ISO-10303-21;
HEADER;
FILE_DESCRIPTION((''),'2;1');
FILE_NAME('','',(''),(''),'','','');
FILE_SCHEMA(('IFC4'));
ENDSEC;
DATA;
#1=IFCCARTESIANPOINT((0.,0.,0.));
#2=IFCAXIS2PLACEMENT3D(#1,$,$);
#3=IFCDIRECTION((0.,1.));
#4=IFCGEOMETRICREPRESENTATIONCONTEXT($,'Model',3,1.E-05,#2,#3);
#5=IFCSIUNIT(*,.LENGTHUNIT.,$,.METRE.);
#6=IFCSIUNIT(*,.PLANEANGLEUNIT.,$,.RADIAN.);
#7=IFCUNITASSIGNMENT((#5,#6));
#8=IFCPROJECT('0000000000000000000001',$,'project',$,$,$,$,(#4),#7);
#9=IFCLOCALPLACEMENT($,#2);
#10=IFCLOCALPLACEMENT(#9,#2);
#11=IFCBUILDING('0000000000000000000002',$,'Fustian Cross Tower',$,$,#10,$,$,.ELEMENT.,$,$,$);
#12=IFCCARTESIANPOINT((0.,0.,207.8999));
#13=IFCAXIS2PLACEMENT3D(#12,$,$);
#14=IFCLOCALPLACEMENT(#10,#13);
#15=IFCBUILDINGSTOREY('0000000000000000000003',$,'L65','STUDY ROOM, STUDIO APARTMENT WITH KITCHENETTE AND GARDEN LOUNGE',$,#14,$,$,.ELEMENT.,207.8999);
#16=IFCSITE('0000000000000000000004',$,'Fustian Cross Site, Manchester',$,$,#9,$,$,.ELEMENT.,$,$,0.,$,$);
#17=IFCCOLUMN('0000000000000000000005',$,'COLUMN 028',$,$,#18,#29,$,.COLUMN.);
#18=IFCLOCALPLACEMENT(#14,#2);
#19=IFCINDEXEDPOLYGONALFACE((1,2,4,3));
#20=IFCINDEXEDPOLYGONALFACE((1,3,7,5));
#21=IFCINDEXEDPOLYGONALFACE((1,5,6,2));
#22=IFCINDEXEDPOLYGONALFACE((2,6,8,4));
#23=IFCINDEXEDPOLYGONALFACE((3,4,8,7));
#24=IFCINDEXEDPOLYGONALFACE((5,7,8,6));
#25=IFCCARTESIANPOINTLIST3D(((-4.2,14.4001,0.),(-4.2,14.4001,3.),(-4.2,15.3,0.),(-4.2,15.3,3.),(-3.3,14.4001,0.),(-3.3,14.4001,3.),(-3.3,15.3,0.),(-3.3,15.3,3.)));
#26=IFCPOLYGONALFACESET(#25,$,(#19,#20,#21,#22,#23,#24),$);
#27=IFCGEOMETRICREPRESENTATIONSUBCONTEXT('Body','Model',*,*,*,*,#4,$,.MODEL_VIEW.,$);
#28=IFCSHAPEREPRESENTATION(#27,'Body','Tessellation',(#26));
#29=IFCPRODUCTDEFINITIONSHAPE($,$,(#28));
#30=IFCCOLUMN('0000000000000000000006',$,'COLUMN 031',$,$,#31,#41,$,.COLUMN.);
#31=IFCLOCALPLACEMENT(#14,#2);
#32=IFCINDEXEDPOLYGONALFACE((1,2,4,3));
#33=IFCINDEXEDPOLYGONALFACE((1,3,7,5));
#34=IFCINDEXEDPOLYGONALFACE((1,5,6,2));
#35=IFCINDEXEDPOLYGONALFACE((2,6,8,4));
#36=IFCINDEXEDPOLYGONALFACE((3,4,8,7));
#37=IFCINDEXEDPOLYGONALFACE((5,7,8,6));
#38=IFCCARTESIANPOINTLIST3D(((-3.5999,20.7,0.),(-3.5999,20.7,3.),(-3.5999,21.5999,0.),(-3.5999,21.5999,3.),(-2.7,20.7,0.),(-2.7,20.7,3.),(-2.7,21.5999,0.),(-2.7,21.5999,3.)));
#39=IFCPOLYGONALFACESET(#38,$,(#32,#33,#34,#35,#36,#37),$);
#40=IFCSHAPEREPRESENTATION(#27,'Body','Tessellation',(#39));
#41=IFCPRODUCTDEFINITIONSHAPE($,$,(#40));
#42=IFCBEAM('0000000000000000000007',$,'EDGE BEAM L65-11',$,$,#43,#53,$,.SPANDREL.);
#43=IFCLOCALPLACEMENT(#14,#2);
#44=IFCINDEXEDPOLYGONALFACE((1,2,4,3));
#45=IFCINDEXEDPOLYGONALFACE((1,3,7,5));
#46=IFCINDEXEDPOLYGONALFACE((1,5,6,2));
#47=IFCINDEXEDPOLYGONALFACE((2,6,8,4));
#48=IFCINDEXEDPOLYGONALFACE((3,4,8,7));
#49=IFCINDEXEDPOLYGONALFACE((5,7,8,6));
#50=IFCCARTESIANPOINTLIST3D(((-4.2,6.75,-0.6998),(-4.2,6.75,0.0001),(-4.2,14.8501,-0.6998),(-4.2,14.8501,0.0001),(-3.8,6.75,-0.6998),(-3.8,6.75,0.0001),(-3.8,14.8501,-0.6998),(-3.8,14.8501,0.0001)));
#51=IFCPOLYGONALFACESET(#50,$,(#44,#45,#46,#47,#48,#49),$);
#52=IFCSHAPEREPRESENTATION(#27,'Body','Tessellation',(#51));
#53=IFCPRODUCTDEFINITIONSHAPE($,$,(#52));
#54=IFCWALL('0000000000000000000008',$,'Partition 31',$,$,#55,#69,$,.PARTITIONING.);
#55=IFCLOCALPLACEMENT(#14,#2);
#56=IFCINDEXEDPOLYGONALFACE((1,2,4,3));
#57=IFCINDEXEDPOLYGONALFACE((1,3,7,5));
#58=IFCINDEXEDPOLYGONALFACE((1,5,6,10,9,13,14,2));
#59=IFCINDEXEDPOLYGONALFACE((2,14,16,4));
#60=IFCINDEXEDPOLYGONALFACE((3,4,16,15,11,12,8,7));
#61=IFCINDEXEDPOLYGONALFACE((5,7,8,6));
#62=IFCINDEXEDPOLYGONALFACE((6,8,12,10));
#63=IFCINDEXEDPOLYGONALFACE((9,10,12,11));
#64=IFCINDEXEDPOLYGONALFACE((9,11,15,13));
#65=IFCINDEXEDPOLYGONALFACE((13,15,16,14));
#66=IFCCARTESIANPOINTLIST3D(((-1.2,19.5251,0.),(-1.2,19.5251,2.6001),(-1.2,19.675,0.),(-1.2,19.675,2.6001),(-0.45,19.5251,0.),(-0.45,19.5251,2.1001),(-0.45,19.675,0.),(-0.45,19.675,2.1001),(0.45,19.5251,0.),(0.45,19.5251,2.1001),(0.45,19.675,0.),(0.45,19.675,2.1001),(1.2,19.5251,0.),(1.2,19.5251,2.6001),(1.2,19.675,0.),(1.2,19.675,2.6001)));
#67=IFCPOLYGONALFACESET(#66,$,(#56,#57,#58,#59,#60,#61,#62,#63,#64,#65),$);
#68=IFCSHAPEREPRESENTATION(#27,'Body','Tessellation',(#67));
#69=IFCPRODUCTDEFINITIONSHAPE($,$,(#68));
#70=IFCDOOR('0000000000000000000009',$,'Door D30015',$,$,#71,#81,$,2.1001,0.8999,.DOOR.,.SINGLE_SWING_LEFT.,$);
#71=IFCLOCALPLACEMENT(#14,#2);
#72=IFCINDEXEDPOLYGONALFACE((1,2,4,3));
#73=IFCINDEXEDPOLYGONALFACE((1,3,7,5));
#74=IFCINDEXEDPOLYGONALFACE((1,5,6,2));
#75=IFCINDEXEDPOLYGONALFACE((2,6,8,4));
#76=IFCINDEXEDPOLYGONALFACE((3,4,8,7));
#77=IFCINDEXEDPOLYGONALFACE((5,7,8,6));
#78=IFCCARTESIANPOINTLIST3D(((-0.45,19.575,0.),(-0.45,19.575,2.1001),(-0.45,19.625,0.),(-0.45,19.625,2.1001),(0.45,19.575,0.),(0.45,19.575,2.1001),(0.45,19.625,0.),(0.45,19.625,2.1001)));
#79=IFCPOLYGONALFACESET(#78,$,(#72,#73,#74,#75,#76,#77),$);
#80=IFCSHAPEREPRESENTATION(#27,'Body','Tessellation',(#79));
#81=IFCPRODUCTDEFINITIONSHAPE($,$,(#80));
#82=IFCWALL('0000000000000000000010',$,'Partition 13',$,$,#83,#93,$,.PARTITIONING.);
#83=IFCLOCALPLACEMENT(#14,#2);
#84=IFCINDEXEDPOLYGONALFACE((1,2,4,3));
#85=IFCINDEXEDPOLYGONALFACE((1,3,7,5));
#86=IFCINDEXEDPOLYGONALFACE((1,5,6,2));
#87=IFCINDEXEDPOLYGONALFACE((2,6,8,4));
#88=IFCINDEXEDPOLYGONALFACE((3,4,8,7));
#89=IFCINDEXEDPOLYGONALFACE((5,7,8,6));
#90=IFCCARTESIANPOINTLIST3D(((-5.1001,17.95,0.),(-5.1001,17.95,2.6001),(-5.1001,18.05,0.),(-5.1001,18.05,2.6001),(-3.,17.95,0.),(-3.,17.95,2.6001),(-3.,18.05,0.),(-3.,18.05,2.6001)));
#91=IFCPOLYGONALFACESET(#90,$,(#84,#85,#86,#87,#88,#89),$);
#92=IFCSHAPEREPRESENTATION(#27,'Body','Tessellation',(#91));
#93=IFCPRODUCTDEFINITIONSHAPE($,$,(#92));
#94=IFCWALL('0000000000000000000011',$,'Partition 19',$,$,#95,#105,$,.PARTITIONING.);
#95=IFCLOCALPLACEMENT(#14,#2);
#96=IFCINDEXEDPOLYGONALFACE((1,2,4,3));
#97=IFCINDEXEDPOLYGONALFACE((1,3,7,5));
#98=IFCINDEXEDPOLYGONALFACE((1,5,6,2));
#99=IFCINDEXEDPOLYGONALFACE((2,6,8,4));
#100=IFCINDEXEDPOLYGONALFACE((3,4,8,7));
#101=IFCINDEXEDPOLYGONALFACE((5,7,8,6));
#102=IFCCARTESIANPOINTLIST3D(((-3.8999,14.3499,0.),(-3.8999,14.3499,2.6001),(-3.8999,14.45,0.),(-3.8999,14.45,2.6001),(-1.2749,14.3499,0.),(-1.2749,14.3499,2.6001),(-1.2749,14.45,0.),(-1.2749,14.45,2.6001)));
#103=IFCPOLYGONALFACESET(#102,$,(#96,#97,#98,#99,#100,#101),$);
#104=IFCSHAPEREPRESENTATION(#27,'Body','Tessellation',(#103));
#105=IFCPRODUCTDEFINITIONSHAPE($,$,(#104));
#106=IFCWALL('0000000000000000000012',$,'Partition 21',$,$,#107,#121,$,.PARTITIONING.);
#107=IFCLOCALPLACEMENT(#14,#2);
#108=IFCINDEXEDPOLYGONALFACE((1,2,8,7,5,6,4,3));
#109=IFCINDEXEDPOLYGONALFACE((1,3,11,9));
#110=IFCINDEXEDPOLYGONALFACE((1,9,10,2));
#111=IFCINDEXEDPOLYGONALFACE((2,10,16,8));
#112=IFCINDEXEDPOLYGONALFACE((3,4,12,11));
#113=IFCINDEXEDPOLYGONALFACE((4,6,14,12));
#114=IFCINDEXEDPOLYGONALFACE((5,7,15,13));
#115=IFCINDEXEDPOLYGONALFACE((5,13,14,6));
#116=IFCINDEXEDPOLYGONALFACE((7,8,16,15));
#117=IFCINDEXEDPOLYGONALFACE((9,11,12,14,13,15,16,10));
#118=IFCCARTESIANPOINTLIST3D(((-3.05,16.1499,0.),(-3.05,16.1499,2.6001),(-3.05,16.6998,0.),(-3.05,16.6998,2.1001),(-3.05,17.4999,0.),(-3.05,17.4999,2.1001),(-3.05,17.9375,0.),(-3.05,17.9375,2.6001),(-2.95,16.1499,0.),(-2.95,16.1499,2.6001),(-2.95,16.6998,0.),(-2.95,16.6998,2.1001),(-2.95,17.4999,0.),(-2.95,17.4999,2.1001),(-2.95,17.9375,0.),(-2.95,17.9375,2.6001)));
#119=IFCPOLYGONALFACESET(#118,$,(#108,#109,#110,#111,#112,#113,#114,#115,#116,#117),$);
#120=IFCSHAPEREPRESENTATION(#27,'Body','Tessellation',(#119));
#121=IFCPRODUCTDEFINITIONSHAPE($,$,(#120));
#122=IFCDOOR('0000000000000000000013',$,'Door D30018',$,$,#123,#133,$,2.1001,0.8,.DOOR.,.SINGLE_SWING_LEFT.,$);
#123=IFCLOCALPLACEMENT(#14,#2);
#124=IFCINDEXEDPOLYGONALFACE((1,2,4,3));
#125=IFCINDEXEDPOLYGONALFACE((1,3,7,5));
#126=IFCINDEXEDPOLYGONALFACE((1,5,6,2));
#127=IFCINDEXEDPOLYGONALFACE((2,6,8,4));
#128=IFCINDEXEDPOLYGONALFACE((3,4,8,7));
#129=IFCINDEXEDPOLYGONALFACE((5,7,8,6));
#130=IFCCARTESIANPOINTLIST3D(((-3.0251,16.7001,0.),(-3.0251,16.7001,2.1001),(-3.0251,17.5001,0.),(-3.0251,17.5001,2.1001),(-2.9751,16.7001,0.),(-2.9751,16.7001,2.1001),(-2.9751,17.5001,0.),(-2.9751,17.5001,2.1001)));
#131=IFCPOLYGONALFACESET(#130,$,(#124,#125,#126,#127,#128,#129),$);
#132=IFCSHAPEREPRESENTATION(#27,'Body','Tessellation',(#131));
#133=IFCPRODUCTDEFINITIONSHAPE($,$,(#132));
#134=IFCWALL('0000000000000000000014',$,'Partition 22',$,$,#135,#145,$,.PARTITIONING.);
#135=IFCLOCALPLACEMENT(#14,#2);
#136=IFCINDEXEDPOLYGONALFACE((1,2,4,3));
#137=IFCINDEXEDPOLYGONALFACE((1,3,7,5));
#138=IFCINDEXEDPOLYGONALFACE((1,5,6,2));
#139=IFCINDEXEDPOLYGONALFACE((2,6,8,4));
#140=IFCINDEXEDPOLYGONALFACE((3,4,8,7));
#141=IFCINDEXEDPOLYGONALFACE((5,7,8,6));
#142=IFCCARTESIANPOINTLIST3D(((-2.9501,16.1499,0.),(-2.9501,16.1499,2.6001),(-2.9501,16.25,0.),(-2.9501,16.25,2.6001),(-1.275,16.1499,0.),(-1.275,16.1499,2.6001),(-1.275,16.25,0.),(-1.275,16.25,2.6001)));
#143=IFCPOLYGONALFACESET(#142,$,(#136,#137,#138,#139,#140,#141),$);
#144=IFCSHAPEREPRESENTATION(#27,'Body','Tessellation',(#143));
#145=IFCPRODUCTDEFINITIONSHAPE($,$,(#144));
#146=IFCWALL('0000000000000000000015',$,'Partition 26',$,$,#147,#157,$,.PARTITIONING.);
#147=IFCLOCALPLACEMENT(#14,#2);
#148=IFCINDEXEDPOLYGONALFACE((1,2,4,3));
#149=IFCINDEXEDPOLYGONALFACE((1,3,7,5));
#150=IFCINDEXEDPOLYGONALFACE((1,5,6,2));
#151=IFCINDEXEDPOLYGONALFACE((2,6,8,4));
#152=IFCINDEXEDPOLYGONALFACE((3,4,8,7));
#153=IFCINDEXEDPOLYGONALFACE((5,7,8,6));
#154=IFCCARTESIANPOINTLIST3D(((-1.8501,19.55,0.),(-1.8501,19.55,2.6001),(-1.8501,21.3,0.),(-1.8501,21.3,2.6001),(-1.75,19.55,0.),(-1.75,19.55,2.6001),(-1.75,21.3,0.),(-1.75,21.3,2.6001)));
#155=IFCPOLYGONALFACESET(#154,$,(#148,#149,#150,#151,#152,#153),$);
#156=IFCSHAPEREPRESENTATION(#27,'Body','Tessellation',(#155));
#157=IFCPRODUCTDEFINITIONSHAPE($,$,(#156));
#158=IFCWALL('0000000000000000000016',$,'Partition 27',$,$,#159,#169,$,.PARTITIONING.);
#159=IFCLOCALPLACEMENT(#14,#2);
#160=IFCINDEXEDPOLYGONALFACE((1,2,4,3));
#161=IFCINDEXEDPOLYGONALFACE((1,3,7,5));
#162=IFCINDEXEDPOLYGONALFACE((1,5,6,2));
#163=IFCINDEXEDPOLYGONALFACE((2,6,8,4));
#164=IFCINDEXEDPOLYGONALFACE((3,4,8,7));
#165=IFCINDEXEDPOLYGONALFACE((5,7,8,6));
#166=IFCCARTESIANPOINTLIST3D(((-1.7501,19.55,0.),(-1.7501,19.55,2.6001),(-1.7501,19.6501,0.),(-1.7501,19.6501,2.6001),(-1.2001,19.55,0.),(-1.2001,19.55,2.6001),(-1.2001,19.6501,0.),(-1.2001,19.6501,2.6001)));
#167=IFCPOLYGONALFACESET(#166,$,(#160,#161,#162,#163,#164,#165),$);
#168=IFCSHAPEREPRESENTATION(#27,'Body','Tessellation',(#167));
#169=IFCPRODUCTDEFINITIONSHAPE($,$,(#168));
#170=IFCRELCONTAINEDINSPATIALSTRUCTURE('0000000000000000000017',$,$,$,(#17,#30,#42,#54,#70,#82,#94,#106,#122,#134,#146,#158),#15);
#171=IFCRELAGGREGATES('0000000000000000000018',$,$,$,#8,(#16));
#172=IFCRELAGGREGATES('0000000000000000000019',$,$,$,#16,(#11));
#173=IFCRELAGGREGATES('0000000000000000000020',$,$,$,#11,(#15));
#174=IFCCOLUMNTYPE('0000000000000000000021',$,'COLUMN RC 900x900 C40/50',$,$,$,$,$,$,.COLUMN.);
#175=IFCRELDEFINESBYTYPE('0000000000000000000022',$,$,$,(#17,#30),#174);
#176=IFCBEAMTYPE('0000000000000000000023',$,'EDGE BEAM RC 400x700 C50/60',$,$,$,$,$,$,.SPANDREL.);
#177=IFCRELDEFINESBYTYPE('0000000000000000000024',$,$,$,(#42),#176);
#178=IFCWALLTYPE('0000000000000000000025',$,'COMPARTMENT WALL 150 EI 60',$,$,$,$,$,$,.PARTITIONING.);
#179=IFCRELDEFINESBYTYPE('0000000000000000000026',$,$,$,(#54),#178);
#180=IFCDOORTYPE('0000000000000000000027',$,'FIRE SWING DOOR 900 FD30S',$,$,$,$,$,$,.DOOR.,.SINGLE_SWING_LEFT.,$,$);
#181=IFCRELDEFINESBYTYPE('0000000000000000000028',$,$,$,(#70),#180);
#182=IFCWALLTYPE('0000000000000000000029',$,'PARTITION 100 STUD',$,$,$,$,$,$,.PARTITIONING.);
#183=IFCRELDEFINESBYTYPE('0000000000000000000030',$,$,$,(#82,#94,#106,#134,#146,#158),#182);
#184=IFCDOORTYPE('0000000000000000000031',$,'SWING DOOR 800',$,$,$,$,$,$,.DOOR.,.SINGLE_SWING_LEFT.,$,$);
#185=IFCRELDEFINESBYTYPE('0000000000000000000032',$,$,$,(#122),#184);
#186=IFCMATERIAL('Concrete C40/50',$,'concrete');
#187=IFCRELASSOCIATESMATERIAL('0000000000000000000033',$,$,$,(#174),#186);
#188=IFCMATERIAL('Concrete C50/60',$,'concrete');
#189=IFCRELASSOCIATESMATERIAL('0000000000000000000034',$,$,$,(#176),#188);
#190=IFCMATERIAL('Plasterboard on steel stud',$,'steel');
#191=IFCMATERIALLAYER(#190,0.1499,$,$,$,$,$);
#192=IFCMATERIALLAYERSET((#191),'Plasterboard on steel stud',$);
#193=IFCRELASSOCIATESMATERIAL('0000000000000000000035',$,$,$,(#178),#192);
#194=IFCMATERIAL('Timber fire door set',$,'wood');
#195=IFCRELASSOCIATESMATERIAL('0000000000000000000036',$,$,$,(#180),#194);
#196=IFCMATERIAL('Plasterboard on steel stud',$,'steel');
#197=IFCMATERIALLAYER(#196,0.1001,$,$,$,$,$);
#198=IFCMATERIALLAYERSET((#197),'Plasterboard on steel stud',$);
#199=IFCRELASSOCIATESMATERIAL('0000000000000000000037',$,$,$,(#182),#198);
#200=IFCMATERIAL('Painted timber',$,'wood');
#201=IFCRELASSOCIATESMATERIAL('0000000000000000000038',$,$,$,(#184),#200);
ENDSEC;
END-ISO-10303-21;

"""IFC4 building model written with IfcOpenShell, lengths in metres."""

from ifc_helpers import new_model, si_unit, direction, frame, frame_2d, origin, origin_2d, place, context, subcontext, project, spatial, rectangle, extrude, material, layer, layer_set, material_profile, profile_set, type_object, element, fill, save


model = new_model("IFC4")

# Units and contexts
model_context = context("Model", 3, precision=1e-05, world=origin(), true_north=direction((0.0, 1.0)))
body_context = subcontext(model_context, "Body", "Model", "MODEL_VIEW")
ifc_project = project(units=[si_unit("LENGTHUNIT", "METRE"), si_unit("PLANEANGLEUNIT", "RADIAN")], contexts=[model_context])

# Site, building, storey
site_placement = place(None, origin())
site = spatial("IfcSite", under=ifc_project, at=site_placement, Name="Fustian Cross Site, Manchester", CompositionType="ELEMENT", RefElevation=0.0)
building_placement = place(site_placement, origin())
building = spatial("IfcBuilding", under=site, at=building_placement, Name="Fustian Cross Tower", CompositionType="ELEMENT")
storey_placement = place(building_placement, frame((0.0, 0.0, 207.8999)))
storey = spatial("IfcBuildingStorey", under=building, at=storey_placement, Name="L65", Description="STUDY ROOM, STUDIO APARTMENT WITH KITCHENETTE AND GARDEN LOUNGE", CompositionType="ELEMENT", Elevation=207.8999)

# Columns
ifc_material_1 = material(Name="Concrete C40/50", Category="concrete")
ifc_material_profile_1 = material_profile(ifc_material_1, rectangle(XDim=0.8999, YDim=0.8999, at=origin_2d()), Name="RC 900x900")
ifc_profile_set_1 = profile_set([ifc_material_profile_1], Name="Concrete C40/50")
column_type = type_object("IfcColumnType", Name="COLUMN RC 900x900 C40/50", PredefinedType="COLUMN", material=ifc_profile_set_1)
for number, where, z_axis, x_axis, name in (
    (1, (-3.75, 14.8501, 0.0), (0.0, 0.0, 1.0), (1.0, 0.0, 0.0), "COLUMN 028"),
    (2, (-3.1499, 21.1499, 0.0), (0.0, 0.0, 1.0), (1.0, 0.0, 0.0), "COLUMN 031"),
):
    element("IfcColumn", number, at=place(storey_placement, frame(where, z_axis=z_axis, x_axis=x_axis)), inside=storey, type_object=column_type, Name=name, PredefinedType="COLUMN", context=body_context, shape_type="SweptSolid", body=[
        extrude(rectangle(XDim=0.8999, YDim=0.8999, at=origin_2d()), origin(), (0.0, 0.0, 1.0), 3.0),
    ])

# Beam
ifc_material_2 = material(Name="Concrete C50/60", Category="concrete")
ifc_material_profile_2 = material_profile(ifc_material_2, rectangle(XDim=0.3999, YDim=0.7, at=origin_2d()), Name="RC 400x700")
ifc_profile_set_2 = profile_set([ifc_material_profile_2], Name="Concrete C50/60")
beam_type = type_object("IfcBeamType", Name="EDGE BEAM RC 400x700 C50/60", PredefinedType="SPANDREL", material=ifc_profile_set_2)
beam_placement = place(storey_placement, frame((-4.0, 14.8501, -0.3499), z_axis=(0.0, -1.0, 0.0), x_axis=(1.0, 0.0, 0.0)))
element("IfcBeam", 3, at=beam_placement, inside=storey, type_object=beam_type, Name="EDGE BEAM L65-11", PredefinedType="SPANDREL", context=body_context, shape_type="SweptSolid", body=[
    extrude(rectangle(XDim=0.3999, YDim=0.7, at=origin_2d()), origin(), (0.0, 0.0, 1.0), 8.1001),
])

# Wall, opening, door
ifc_material_3 = material(Name="Plasterboard on steel stud", Category="steel")
ifc_layer_1 = layer(ifc_material_3, 0.1499)
ifc_layer_set_1 = layer_set([ifc_layer_1], Name="Plasterboard on steel stud")
wall_type_1 = type_object("IfcWallType", Name="COMPARTMENT WALL 150 EI 60", PredefinedType="PARTITIONING", material=ifc_layer_set_1)
wall_1_placement = place(storey_placement, frame((-1.2, 19.6001, 0.0), z_axis=(0.0, 0.0, 1.0), x_axis=(1.0, 0.0, 0.0)))
wall_1 = element("IfcWall", 4, at=wall_1_placement, inside=storey, type_object=wall_type_1, Name="Partition 31", PredefinedType="PARTITIONING", context=body_context, shape_type="SweptSolid", body=[
    extrude(rectangle(XDim=2.3999, YDim=0.1499, at=frame_2d((1.2, 0.0))), origin(), (0.0, 0.0, 1.0), 2.6001),
])
opening_1_placement = place(wall_1_placement, frame((0.75, 0.0, 0.0)))
opening_1 = element("IfcOpeningElement", 5, at=opening_1_placement, cuts=wall_1, PredefinedType="OPENING", context=body_context, shape_type="SweptSolid", body=[
    extrude(rectangle(XDim=0.8999, YDim=2.1001, at=frame_2d((0.45, 1.05))), frame((0.0, 0.085, 0.0), z_axis=(0.0, -1.0, 0.0), x_axis=(1.0, 0.0, 0.0)), (0.0, 0.0, 1.0), 0.1699),
])
ifc_material_4 = material(Name="Timber fire door set", Category="wood")
door_type_1 = type_object("IfcDoorType", Name="FIRE SWING DOOR 900 FD30S", OperationType="SINGLE_SWING_LEFT", PredefinedType="DOOR", material=ifc_material_4)
door_1_placement = place(opening_1_placement, origin())
door_1 = element("IfcDoor", 6, at=door_1_placement, inside=storey, type_object=door_type_1, Name="Door D30015", OperationType="SINGLE_SWING_LEFT", OverallHeight=2.1001, OverallWidth=0.8999, PredefinedType="DOOR", context=body_context, shape_type="SweptSolid", body=[
    extrude(rectangle(XDim=0.8999, YDim=2.1001, at=frame_2d((0.45, 1.05))), frame((0.0, 0.0249, 0.0), z_axis=(0.0, -1.0, 0.0), x_axis=(1.0, 0.0, 0.0)), (0.0, 0.0, 1.0), 0.05),
])
fill(opening_1, door_1)

# Walls
ifc_material_5 = material(Name="Plasterboard on steel stud", Category="steel")
ifc_layer_2 = layer(ifc_material_5, 0.1001)
ifc_layer_set_2 = layer_set([ifc_layer_2], Name="Plasterboard on steel stud")
wall_type_2 = type_object("IfcWallType", Name="PARTITION 100 STUD", PredefinedType="PARTITIONING", material=ifc_layer_set_2)
wall_2_placement = place(storey_placement, frame((-5.1001, 18.0, 0.0), z_axis=(0.0, 0.0, 1.0), x_axis=(1.0, 0.0, 0.0)))
element("IfcWall", 7, at=wall_2_placement, inside=storey, type_object=wall_type_2, Name="Partition 13", PredefinedType="PARTITIONING", context=body_context, shape_type="SweptSolid", body=[
    extrude(rectangle(XDim=2.1001, YDim=0.1001, at=frame_2d((1.05, 0.0))), origin(), (0.0, 0.0, 1.0), 2.6001),
])
wall_3_placement = place(storey_placement, frame((-3.8999, 14.3999, 0.0), z_axis=(0.0, 0.0, 1.0), x_axis=(1.0, 0.0, 0.0)))
element("IfcWall", 8, at=wall_3_placement, inside=storey, type_object=wall_type_2, Name="Partition 19", PredefinedType="PARTITIONING", context=body_context, shape_type="SweptSolid", body=[
    extrude(rectangle(XDim=2.625, YDim=0.1001, at=frame_2d((1.3125, 0.0))), origin(), (0.0, 0.0, 1.0), 2.6001),
])

# Wall, opening, door
wall_4_placement = place(storey_placement, frame((-3.0, 16.1499, 0.0), z_axis=(0.0, 0.0, 1.0), x_axis=(0.0, 1.0, 0.0)))
wall_4 = element("IfcWall", 9, at=wall_4_placement, inside=storey, type_object=wall_type_2, Name="Partition 21", PredefinedType="PARTITIONING", context=body_context, shape_type="SweptSolid", body=[
    extrude(rectangle(XDim=1.7876, YDim=0.1001, at=frame_2d((0.8938, 0.0))), origin(), (0.0, 0.0, 1.0), 2.6001),
])
opening_2_placement = place(wall_4_placement, frame((0.55, 0.0, 0.0)))
opening_2 = element("IfcOpeningElement", 10, at=opening_2_placement, cuts=wall_4, PredefinedType="OPENING", context=body_context, shape_type="SweptSolid", body=[
    extrude(rectangle(XDim=0.8, YDim=2.1001, at=frame_2d((0.3999, 1.05))), frame((0.0, 0.0601, 0.0), z_axis=(0.0, -1.0, 0.0), x_axis=(1.0, 0.0, 0.0)), (0.0, 0.0, 1.0), 0.1201),
])
ifc_material_6 = material(Name="Painted timber", Category="wood")
door_type_2 = type_object("IfcDoorType", Name="SWING DOOR 800", OperationType="SINGLE_SWING_LEFT", PredefinedType="DOOR", material=ifc_material_6)
door_2_placement = place(opening_2_placement, frame((0.8, 0.0, 0.0), z_axis=(0.0, 0.0, 1.0), x_axis=(-1.0, 0.0, 0.0)))
door_2 = element("IfcDoor", 11, at=door_2_placement, inside=storey, type_object=door_type_2, Name="Door D30018", OperationType="SINGLE_SWING_LEFT", OverallHeight=2.1001, OverallWidth=0.8, PredefinedType="DOOR", context=body_context, shape_type="SweptSolid", body=[
    extrude(rectangle(XDim=0.8, YDim=2.1001, at=frame_2d((0.3999, 1.05))), frame((0.0, 0.0249, 0.0), z_axis=(0.0, -1.0, 0.0), x_axis=(1.0, 0.0, 0.0)), (0.0, 0.0, 1.0), 0.05),
])
fill(opening_2, door_2)

# Walls
wall_5_placement = place(storey_placement, frame((-2.95, 16.2, 0.0), z_axis=(0.0, 0.0, 1.0), x_axis=(1.0, 0.0, 0.0)))
element("IfcWall", 12, at=wall_5_placement, inside=storey, type_object=wall_type_2, Name="Partition 22", PredefinedType="PARTITIONING", context=body_context, shape_type="SweptSolid", body=[
    extrude(rectangle(XDim=1.675, YDim=0.1001, at=frame_2d((0.8374, 0.0))), origin(), (0.0, 0.0, 1.0), 2.6001),
])
wall_6_placement = place(storey_placement, frame((-1.8, 19.55, 0.0), z_axis=(0.0, 0.0, 1.0), x_axis=(0.0, 1.0, 0.0)))
element("IfcWall", 13, at=wall_6_placement, inside=storey, type_object=wall_type_2, Name="Partition 26", PredefinedType="PARTITIONING", context=body_context, shape_type="SweptSolid", body=[
    extrude(rectangle(XDim=1.75, YDim=0.1001, at=frame_2d((0.875, 0.0))), origin(), (0.0, 0.0, 1.0), 2.6001),
])
wall_7_placement = place(storey_placement, frame((-1.75, 19.6001, 0.0), z_axis=(0.0, 0.0, 1.0), x_axis=(1.0, 0.0, 0.0)))
element("IfcWall", 14, at=wall_7_placement, inside=storey, type_object=wall_type_2, Name="Partition 27", PredefinedType="PARTITIONING", context=body_context, shape_type="SweptSolid", body=[
    extrude(rectangle(XDim=0.55, YDim=0.1001, at=frame_2d((0.2749, 0.0))), origin(), (0.0, 0.0, 1.0), 2.6001),
])

save(model, "model.ifc")
